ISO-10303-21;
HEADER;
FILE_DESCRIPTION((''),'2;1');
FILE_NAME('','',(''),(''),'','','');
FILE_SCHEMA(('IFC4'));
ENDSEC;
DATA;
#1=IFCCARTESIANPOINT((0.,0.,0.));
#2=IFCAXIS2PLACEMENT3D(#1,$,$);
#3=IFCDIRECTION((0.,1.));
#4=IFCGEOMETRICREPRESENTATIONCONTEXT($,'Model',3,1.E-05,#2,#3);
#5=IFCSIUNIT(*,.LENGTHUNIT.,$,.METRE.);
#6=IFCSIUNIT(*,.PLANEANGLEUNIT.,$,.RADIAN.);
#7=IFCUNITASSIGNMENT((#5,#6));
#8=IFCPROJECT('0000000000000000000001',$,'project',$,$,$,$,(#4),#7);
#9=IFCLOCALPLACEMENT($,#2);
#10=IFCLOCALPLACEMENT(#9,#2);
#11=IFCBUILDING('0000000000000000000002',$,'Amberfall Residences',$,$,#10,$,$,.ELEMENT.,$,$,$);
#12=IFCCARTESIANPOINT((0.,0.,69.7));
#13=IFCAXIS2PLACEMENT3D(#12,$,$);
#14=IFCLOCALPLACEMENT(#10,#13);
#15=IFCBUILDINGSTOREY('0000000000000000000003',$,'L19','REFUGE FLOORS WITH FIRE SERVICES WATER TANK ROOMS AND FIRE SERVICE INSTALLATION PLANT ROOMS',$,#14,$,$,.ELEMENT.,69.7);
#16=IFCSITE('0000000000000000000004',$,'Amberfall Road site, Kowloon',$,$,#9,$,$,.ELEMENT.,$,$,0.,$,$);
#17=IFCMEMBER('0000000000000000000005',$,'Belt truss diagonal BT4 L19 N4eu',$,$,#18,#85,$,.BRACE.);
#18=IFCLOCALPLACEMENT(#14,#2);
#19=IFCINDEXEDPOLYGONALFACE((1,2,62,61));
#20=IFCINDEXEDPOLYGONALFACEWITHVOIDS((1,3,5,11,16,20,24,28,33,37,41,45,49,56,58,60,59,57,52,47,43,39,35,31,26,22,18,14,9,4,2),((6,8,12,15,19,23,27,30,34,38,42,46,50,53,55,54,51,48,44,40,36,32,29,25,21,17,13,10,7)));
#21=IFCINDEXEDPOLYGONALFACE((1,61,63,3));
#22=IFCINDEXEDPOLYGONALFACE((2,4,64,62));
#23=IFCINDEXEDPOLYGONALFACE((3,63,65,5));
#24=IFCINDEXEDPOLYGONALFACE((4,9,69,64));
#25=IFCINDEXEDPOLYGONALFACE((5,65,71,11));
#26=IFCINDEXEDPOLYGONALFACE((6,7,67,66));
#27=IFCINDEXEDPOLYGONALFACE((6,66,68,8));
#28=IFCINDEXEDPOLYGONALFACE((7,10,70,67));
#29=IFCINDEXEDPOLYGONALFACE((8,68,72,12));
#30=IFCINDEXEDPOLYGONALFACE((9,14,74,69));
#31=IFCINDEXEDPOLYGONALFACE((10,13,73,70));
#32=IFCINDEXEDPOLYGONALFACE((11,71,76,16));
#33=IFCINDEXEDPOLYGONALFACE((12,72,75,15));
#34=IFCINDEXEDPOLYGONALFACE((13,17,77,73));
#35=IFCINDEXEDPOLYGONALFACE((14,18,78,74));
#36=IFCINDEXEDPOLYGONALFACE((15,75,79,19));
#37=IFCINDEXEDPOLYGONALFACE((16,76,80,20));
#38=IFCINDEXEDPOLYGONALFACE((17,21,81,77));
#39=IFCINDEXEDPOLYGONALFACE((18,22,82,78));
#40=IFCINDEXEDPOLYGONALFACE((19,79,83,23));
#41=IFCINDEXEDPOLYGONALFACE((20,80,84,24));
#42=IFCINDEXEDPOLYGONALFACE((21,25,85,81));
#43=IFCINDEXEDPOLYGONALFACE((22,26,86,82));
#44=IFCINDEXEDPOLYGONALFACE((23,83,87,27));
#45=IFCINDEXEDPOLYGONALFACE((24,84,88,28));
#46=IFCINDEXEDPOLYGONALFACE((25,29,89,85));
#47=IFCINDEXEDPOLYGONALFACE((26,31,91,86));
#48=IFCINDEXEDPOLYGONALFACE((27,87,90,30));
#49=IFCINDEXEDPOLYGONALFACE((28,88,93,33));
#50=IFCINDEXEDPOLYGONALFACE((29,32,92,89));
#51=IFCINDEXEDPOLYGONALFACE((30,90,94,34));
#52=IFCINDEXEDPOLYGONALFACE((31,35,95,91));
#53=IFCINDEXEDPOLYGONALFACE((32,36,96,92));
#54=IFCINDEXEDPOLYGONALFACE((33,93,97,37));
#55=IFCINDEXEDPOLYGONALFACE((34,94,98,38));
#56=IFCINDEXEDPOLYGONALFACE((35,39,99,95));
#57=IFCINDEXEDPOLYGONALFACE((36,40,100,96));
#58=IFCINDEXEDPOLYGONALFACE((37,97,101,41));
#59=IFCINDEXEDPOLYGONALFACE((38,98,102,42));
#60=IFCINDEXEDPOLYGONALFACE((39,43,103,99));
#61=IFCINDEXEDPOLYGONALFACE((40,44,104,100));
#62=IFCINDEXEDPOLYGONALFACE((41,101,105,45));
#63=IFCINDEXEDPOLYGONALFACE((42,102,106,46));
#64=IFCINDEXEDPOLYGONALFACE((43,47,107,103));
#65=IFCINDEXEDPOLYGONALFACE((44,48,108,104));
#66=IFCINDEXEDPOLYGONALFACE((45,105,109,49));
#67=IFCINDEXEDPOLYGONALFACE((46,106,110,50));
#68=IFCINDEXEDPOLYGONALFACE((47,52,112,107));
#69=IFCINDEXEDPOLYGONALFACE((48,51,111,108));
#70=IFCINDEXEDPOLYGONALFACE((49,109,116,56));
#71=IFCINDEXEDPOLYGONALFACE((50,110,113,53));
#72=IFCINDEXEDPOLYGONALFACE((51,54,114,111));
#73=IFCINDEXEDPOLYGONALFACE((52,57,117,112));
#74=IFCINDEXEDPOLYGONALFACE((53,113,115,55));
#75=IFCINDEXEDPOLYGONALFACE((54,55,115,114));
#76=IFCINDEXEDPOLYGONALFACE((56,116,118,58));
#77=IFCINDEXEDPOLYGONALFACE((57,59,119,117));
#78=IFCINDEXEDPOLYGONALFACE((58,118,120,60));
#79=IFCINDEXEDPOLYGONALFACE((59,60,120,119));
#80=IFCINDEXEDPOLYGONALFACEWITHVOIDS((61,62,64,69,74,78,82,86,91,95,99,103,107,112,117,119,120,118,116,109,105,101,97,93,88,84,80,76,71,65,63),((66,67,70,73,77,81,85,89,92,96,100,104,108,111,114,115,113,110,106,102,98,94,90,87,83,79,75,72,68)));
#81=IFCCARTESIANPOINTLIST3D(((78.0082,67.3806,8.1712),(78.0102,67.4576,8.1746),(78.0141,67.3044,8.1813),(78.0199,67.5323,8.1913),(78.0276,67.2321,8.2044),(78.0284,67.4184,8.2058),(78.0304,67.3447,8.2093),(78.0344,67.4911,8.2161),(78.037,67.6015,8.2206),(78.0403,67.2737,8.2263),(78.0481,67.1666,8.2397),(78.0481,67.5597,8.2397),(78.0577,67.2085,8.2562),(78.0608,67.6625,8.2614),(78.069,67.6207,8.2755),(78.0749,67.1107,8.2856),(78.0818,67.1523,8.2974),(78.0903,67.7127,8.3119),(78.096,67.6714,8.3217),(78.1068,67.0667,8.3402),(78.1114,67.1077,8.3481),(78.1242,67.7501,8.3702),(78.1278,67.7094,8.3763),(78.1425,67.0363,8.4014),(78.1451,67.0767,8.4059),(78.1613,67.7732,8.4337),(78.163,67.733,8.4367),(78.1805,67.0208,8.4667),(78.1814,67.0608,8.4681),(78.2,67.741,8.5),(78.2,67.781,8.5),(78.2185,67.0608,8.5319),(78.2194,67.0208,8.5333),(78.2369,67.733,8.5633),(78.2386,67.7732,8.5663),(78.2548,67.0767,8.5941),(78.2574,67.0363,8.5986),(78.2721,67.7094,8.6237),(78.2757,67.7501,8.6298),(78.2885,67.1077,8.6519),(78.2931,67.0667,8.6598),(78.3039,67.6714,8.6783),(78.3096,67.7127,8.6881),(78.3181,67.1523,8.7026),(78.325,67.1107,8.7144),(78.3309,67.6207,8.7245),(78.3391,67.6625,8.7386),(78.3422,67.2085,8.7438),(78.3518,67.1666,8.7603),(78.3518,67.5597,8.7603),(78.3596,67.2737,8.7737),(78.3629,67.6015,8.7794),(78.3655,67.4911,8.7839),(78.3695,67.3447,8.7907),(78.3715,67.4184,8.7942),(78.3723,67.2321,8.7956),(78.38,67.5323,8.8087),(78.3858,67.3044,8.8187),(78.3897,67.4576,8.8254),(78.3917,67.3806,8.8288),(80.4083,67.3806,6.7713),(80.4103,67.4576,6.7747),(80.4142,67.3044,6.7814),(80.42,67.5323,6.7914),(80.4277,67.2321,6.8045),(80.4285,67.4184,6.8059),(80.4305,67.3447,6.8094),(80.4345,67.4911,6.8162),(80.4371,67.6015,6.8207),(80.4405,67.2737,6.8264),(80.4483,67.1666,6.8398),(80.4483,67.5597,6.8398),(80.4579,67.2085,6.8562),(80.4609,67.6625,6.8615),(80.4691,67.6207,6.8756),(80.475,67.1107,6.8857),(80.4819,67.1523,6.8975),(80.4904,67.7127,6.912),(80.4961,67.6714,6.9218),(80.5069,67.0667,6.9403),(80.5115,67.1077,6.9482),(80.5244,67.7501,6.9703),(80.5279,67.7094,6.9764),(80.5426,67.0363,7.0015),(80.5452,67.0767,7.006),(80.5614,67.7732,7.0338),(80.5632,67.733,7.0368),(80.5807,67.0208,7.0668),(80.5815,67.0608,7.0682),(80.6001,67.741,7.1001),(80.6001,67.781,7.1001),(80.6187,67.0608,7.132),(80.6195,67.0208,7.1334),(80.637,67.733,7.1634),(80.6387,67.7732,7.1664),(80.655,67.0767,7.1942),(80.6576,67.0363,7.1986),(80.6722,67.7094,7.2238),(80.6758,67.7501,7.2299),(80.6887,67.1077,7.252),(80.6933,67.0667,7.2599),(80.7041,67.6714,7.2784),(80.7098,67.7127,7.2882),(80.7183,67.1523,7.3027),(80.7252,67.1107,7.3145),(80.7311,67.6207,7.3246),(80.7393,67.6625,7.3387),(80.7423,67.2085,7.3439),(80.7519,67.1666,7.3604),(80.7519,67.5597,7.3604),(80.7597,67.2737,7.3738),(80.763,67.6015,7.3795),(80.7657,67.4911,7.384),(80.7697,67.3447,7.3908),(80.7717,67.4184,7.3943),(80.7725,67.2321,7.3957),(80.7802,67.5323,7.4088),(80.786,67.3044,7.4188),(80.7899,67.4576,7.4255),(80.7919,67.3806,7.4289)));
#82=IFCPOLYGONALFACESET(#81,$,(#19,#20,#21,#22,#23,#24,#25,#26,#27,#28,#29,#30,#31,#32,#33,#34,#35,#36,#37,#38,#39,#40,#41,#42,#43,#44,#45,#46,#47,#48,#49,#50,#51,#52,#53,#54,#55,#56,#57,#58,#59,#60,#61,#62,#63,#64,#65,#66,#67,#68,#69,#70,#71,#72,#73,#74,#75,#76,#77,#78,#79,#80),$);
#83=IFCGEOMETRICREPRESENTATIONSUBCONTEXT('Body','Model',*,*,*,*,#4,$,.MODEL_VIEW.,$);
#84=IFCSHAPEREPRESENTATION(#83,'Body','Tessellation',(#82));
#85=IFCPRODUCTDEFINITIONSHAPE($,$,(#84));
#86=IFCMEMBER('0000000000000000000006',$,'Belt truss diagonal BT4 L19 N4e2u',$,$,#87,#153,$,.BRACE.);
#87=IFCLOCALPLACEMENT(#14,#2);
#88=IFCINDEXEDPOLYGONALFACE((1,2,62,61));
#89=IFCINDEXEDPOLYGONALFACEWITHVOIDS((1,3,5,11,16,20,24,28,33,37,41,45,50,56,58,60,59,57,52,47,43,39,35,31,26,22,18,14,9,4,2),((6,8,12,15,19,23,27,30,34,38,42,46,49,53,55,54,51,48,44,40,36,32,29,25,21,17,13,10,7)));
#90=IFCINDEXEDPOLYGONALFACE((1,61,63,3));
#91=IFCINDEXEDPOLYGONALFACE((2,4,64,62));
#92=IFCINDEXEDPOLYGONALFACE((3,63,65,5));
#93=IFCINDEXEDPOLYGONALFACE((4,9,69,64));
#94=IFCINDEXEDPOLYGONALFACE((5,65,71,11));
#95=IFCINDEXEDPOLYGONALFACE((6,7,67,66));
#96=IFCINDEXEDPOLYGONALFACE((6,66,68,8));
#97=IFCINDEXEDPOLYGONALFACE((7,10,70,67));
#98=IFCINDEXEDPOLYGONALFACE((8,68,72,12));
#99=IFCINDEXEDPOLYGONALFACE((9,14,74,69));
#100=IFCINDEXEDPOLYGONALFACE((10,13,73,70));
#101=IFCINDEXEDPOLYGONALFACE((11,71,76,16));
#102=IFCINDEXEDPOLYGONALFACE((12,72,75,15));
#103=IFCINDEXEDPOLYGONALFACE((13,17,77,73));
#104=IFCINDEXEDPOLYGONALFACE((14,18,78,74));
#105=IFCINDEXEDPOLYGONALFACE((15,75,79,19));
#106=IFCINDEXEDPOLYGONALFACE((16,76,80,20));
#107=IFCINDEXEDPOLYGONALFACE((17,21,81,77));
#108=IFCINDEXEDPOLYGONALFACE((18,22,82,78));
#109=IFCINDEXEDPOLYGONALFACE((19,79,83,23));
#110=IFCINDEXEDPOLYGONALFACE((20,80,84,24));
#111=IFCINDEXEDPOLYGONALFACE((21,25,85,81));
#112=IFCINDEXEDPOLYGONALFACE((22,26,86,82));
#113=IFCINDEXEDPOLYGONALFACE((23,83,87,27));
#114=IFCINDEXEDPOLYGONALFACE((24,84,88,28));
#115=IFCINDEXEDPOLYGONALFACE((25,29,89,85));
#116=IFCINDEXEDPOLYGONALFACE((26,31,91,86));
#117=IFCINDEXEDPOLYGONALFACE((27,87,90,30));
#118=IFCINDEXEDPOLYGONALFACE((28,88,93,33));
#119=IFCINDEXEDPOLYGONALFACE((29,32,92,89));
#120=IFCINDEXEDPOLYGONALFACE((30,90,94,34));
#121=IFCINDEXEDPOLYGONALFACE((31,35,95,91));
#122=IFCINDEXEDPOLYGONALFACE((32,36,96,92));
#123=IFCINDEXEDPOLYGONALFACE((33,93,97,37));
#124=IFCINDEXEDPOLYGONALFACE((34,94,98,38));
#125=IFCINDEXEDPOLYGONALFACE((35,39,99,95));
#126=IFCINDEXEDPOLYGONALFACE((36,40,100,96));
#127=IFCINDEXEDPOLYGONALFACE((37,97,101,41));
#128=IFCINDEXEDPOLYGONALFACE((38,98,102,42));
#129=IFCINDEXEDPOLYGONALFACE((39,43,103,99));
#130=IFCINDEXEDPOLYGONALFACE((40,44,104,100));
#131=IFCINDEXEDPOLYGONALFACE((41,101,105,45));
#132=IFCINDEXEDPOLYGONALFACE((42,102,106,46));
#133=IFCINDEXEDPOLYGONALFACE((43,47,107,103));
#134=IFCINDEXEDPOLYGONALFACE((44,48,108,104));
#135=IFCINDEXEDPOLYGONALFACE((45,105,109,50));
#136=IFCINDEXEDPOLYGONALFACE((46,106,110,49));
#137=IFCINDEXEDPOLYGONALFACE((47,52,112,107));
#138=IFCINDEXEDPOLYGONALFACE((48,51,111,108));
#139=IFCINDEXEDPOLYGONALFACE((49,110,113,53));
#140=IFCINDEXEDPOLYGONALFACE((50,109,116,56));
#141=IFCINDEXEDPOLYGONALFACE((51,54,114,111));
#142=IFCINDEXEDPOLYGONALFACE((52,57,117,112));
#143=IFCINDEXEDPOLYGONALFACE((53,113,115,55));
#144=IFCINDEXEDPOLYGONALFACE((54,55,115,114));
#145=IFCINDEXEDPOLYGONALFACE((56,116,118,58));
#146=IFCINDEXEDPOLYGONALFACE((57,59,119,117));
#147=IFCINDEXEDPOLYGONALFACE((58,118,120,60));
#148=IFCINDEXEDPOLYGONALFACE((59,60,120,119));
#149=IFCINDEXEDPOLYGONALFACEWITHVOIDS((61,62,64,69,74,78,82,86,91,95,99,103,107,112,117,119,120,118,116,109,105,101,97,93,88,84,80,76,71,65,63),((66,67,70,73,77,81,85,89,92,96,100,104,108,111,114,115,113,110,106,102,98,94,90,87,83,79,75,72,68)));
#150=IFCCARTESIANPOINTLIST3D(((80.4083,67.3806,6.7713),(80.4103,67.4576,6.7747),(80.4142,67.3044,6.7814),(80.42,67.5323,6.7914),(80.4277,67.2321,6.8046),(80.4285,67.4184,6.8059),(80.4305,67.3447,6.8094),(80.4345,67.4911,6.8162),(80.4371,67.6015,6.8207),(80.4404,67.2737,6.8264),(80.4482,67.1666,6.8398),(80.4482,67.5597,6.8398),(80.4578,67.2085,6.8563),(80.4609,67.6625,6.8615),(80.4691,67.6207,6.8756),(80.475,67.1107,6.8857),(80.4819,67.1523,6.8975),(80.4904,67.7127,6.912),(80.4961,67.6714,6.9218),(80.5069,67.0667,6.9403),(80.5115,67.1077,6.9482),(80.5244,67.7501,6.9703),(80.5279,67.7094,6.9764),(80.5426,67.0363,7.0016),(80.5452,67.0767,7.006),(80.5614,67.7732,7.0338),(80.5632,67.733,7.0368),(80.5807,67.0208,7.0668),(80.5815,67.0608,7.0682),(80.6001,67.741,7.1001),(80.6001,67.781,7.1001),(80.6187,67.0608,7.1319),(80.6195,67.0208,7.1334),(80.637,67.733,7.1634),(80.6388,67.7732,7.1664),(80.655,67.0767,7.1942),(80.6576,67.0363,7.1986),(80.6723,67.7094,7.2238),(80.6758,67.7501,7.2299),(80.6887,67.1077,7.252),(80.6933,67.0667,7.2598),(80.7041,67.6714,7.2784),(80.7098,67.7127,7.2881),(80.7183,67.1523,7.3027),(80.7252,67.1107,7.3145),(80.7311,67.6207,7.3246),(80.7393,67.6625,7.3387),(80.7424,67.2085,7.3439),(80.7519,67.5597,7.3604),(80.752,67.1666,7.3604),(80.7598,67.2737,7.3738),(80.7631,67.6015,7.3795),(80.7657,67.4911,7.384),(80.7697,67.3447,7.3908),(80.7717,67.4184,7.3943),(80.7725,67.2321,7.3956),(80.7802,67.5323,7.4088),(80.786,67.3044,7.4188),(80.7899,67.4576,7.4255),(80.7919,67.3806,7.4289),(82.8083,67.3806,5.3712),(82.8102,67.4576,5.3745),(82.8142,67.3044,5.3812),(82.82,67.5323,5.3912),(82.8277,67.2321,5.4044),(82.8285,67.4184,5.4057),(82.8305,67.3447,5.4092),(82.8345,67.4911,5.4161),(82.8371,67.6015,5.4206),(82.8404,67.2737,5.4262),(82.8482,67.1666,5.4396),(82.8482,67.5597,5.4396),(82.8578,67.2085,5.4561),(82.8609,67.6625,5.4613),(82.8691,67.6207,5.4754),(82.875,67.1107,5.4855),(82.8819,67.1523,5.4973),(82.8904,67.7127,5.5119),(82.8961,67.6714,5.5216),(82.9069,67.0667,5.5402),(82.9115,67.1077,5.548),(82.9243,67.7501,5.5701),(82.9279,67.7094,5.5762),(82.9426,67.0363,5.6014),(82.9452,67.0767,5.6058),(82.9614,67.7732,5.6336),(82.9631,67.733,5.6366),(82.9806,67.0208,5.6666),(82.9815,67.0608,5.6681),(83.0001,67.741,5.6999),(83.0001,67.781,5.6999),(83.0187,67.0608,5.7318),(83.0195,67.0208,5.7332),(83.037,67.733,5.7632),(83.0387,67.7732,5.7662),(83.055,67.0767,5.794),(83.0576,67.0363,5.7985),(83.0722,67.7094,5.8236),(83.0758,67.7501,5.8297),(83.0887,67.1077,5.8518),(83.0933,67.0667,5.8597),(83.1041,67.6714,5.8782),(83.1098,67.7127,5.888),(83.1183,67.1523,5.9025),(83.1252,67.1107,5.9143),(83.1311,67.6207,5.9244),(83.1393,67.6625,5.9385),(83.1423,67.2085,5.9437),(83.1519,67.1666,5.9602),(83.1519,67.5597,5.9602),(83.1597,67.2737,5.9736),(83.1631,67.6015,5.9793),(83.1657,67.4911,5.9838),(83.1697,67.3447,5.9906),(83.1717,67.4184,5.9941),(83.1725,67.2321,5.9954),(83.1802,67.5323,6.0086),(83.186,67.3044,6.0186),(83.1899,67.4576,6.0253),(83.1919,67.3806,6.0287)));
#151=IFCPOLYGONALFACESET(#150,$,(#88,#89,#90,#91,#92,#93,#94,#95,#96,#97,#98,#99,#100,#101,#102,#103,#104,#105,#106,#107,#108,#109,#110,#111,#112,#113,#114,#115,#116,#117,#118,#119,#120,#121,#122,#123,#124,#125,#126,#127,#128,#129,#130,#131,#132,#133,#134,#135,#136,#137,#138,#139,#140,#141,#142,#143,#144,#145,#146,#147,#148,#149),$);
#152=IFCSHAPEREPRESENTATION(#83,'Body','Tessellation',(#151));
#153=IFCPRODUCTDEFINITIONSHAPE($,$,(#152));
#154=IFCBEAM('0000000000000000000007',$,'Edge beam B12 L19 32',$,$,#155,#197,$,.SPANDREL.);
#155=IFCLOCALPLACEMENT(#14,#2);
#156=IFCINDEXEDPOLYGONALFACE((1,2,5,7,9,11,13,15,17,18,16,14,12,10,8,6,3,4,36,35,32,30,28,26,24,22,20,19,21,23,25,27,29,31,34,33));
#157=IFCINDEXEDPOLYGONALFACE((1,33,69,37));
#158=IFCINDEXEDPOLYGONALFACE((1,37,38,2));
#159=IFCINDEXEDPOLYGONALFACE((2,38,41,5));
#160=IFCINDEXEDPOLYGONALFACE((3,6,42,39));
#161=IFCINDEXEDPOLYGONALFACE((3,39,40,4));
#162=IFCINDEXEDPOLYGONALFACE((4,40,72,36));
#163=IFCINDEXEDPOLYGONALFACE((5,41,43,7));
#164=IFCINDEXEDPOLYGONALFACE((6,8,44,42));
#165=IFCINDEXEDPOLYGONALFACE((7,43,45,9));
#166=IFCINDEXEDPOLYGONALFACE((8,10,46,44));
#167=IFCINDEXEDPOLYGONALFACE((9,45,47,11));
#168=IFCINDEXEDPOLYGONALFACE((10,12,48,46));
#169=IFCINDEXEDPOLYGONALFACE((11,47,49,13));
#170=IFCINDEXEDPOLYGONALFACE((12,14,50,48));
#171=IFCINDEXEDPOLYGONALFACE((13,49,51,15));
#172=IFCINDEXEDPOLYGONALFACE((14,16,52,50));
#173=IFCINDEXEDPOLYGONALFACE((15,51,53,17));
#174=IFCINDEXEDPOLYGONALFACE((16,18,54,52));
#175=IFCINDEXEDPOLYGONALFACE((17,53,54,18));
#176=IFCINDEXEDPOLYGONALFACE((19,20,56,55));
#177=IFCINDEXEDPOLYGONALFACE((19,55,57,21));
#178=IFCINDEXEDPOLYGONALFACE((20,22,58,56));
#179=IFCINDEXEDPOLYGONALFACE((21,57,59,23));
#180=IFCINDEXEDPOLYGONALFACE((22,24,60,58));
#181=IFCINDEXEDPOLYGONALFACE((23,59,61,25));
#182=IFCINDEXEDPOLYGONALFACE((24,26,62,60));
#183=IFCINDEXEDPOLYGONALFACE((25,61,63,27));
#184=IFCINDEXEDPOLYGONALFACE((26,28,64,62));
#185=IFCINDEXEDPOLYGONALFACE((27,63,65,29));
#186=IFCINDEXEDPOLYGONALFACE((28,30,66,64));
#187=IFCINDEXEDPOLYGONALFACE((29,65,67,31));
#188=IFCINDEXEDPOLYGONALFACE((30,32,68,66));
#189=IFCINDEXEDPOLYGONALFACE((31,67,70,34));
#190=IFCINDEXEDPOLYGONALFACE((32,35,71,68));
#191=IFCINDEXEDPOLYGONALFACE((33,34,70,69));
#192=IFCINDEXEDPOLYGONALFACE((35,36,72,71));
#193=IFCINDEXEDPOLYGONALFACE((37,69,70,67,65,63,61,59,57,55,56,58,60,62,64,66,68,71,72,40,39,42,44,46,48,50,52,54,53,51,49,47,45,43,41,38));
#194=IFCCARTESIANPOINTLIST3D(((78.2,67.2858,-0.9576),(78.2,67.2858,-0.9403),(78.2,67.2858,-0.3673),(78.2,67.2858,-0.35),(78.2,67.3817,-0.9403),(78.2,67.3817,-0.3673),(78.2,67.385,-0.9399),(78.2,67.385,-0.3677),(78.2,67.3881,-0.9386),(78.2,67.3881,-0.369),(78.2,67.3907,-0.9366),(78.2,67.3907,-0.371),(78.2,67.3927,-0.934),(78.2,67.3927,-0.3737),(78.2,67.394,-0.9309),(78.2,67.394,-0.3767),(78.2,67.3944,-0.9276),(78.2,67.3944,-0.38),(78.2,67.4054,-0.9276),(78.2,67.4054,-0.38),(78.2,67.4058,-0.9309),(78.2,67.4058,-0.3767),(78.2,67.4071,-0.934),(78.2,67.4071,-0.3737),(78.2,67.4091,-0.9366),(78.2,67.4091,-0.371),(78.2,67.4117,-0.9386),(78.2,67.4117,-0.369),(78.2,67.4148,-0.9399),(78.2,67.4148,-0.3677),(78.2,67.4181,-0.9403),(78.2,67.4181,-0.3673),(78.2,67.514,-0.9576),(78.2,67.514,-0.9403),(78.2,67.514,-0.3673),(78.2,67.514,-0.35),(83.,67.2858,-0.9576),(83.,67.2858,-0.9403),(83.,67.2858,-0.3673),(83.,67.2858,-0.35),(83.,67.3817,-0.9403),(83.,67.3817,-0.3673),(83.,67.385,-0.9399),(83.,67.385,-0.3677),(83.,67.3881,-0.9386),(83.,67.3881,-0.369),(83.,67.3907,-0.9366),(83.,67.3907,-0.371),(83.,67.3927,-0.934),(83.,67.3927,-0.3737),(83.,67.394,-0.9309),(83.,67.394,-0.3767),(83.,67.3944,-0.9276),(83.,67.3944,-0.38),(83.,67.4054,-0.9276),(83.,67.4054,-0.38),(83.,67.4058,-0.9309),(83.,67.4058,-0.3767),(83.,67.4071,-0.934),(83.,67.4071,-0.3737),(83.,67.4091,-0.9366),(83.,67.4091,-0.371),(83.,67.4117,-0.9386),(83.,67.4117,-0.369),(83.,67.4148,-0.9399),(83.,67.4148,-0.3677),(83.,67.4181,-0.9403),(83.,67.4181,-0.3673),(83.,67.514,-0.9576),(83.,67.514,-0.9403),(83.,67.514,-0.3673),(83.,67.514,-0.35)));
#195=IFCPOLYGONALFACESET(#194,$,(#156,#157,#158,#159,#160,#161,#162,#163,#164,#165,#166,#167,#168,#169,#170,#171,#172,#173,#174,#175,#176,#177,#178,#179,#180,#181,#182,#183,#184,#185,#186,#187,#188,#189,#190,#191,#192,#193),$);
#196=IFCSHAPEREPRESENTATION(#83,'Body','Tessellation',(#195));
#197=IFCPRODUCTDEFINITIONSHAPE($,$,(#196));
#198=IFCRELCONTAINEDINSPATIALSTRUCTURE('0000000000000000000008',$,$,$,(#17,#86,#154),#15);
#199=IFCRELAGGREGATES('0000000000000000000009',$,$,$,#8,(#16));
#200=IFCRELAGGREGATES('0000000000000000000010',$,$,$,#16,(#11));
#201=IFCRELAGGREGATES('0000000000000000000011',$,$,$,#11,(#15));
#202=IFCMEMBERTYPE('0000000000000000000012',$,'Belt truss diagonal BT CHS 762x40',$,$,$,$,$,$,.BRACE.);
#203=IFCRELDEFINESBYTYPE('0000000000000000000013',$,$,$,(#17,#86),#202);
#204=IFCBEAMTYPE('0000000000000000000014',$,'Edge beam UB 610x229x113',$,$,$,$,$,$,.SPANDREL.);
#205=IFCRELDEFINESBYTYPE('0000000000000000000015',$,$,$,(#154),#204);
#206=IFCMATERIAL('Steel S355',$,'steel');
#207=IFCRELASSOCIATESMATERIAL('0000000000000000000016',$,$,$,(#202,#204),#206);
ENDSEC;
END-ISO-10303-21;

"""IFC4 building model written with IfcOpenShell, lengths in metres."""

from ifc_helpers import new_model, si_unit, direction, frame, origin, origin_2d, place, context, subcontext, project, spatial, hollow_circle, i_section, extrude, material, material_profile, profile_set, type_object, element, save


model = new_model("IFC4")

# Units and contexts
model_context = context("Model", 3, precision=1e-05, world=origin(), true_north=direction((0.0, 1.0)))
body_context = subcontext(model_context, "Body", "Model", "MODEL_VIEW")
ifc_project = project(units=[si_unit("LENGTHUNIT", "METRE"), si_unit("PLANEANGLEUNIT", "RADIAN")], contexts=[model_context])

# Site, building, storey
site_placement = place(None, origin())
site = spatial("IfcSite", under=ifc_project, at=site_placement, Name="Amberfall Road site, Kowloon", CompositionType="ELEMENT", RefElevation=0.0)
building_placement = place(site_placement, origin())
building = spatial("IfcBuilding", under=site, at=building_placement, Name="Amberfall Residences", CompositionType="ELEMENT")
storey_placement = place(building_placement, frame((0.0, 0.0, 69.7)))
storey = spatial("IfcBuildingStorey", under=building, at=storey_placement, Name="L19", Description="REFUGE FLOORS WITH FIRE SERVICES WATER TANK ROOMS AND FIRE SERVICE INSTALLATION PLANT ROOMS", CompositionType="ELEMENT", Elevation=69.7)

# Shared definitions
ifc_material_1 = material(Name="Steel S355", Category="steel")

# Members
ifc_material_profile_1 = material_profile(ifc_material_1, hollow_circle(Radius=0.3811, WallThickness=0.04, at=origin_2d()), Name="CHS 762x40")
ifc_profile_set_1 = profile_set([ifc_material_profile_1], Name="Steel S355")
member_type = type_object("IfcMemberType", Name="Belt truss diagonal BT CHS 762x40", PredefinedType="BRACE", material=ifc_profile_set_1)
for number, where, z_axis, x_axis, name in (
    (1, (78.2, 67.3999, 8.5), (0.863808, 0.0, -0.503822), (0.0, 1.0, 0.0), "Belt truss diagonal BT4 L19 N4eu"),
    (2, (80.6001, 67.3999, 7.1001), (0.863747, 0.0, -0.503926), (0.0, 1.0, 0.0), "Belt truss diagonal BT4 L19 N4e2u"),
):
    element("IfcMember", number, at=place(storey_placement, frame(where, z_axis=z_axis, x_axis=x_axis)), inside=storey, type_object=member_type, Name=name, PredefinedType="BRACE", context=body_context, shape_type="SweptSolid", body=[
        extrude(hollow_circle(Radius=0.3811, WallThickness=0.04, at=origin_2d()), origin(), (0.0, 0.0, 1.0), 2.7786),
    ])

# Beam
ifc_material_profile_2 = material_profile(ifc_material_1, i_section(OverallWidth=0.2283, OverallDepth=0.6077, WebThickness=0.011, FlangeThickness=0.0173, FilletRadius=0.0127, at=origin_2d()), Name="UB 610x229x113")
ifc_profile_set_2 = profile_set([ifc_material_profile_2], Name="Steel S355")
beam_type_1 = type_object("IfcBeamType", Name="Edge beam UB 610x229x113", PredefinedType="SPANDREL", material=ifc_profile_set_2)
beam_placement = place(storey_placement, frame((78.2, 67.3999, -0.6538), z_axis=(1.0, 0.0, 0.0), x_axis=(0.0, 1.0, 0.0)))
element("IfcBeam", 3, at=beam_placement, inside=storey, type_object=beam_type_1, Name="Edge beam B12 L19 32", PredefinedType="SPANDREL", context=body_context, shape_type="SweptSolid", body=[
    extrude(i_section(OverallWidth=0.2283, OverallDepth=0.6077, WebThickness=0.011, FlangeThickness=0.0173, FilletRadius=0.0127, at=origin_2d()), origin(), (0.0, 0.0, 1.0), 4.8),
])

save(model, "model.ifc")
